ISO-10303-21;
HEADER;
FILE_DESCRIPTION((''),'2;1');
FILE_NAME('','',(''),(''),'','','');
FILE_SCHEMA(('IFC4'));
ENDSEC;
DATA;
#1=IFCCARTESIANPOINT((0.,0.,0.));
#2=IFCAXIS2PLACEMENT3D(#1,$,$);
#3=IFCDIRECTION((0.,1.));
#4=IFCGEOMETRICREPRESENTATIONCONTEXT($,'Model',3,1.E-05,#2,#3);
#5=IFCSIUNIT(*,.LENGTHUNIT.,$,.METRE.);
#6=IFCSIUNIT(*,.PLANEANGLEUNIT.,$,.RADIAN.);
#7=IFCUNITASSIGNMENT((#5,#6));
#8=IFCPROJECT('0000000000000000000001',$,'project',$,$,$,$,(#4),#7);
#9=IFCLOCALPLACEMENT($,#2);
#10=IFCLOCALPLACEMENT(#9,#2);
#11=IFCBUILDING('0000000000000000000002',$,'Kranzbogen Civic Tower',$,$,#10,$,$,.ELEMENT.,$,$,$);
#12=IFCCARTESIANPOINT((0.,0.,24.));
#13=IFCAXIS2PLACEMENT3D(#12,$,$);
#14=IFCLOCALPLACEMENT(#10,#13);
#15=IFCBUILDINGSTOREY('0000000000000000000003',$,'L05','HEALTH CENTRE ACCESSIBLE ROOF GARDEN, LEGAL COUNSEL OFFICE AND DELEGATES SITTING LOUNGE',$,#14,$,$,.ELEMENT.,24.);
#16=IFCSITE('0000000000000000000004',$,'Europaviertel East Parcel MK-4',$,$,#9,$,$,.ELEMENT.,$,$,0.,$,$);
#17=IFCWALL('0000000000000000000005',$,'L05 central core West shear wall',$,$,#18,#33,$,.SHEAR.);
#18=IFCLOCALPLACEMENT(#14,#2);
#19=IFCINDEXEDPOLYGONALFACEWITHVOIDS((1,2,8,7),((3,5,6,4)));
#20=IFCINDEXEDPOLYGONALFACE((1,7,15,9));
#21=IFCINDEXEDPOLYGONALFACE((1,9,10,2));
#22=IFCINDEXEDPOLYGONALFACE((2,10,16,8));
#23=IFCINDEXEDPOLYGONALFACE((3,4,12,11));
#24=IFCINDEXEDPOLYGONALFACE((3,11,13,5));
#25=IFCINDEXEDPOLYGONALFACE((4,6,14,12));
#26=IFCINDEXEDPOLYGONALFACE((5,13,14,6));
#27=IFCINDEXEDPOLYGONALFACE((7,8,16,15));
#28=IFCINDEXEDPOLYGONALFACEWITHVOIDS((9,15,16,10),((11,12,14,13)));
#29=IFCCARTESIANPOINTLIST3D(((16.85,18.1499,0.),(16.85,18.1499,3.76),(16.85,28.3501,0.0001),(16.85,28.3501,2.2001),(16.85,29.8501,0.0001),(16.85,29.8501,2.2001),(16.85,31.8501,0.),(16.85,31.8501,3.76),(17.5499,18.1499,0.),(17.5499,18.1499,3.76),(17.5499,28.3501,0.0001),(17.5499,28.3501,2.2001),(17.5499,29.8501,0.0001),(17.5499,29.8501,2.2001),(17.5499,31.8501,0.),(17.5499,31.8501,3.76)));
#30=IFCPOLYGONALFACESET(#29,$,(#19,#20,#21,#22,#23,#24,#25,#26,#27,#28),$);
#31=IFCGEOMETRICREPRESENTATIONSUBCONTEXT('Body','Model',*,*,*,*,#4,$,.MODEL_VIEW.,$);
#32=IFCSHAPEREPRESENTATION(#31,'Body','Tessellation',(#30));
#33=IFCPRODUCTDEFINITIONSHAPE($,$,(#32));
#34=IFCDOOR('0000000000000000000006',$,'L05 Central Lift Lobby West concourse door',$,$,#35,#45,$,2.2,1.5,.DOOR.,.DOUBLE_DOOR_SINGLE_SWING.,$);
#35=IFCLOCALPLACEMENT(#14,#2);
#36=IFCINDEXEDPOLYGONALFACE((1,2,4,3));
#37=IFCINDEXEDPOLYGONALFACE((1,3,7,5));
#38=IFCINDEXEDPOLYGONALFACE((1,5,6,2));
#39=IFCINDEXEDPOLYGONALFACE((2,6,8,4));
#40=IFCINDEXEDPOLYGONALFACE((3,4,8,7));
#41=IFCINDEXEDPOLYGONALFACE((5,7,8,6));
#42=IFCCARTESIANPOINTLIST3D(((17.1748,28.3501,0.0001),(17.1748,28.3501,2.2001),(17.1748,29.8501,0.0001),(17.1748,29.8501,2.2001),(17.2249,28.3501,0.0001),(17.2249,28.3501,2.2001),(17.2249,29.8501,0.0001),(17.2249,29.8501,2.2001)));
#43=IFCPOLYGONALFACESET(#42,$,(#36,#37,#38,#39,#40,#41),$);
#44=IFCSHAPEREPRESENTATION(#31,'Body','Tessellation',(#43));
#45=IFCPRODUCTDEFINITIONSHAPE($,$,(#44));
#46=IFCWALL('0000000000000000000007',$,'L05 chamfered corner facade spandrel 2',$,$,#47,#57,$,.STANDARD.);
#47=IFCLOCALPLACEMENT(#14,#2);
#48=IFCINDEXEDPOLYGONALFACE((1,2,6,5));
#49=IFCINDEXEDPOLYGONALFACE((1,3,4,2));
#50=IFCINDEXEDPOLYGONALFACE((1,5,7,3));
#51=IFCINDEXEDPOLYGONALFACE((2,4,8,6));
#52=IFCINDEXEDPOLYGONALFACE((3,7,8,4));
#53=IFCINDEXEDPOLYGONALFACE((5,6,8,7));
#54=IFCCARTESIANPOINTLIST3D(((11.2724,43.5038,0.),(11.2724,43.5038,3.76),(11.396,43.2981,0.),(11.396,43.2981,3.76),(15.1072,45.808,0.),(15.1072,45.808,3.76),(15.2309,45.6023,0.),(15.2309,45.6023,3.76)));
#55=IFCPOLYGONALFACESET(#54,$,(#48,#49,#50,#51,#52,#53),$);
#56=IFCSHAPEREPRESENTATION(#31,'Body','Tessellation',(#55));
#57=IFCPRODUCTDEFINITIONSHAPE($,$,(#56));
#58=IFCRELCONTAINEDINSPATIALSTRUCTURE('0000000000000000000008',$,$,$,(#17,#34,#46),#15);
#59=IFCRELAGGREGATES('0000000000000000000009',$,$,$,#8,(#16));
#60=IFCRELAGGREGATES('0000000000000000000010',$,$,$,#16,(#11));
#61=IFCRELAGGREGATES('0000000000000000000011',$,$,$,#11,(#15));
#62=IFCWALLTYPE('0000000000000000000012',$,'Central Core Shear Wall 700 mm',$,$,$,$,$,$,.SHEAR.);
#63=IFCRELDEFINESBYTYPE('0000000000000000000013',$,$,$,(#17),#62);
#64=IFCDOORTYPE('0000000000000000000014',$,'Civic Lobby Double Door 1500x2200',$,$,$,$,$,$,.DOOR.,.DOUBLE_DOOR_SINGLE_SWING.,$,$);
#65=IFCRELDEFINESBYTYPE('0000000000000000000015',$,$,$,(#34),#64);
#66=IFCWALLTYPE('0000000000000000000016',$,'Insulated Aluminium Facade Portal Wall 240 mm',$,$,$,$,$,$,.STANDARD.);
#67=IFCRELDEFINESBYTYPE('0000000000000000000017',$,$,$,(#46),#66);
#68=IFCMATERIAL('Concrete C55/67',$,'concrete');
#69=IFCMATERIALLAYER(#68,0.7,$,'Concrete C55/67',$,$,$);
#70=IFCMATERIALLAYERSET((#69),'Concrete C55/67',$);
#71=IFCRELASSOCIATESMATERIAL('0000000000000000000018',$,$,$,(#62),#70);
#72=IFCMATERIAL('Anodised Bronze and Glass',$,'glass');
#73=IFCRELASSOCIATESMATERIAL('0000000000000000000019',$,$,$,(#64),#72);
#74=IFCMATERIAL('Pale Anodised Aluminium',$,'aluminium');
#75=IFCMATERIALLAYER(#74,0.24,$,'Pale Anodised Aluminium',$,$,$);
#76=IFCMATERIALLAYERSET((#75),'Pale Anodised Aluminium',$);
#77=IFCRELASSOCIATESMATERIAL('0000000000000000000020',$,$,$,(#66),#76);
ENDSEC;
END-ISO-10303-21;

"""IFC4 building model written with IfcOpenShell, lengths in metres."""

from ifc_helpers import new_model, si_unit, direction, frame, frame_2d, origin, place, context, subcontext, project, spatial, rectangle, extrude, material, layer, layer_set, type_object, element, fill, save


model = new_model("IFC4")

# Units and contexts
model_context = context("Model", 3, precision=1e-05, world=origin(), true_north=direction((0.0, 1.0)))
body_context = subcontext(model_context, "Body", "Model", "MODEL_VIEW")
ifc_project = project(units=[si_unit("LENGTHUNIT", "METRE"), si_unit("PLANEANGLEUNIT", "RADIAN")], contexts=[model_context])

# Site, building, storey
site_placement = place(None, origin())
site = spatial("IfcSite", under=ifc_project, at=site_placement, Name="Europaviertel East Parcel MK-4", CompositionType="ELEMENT", RefElevation=0.0)
building_placement = place(site_placement, origin())
building = spatial("IfcBuilding", under=site, at=building_placement, Name="Kranzbogen Civic Tower", CompositionType="ELEMENT")
storey_placement = place(building_placement, frame((0.0, 0.0, 24.0)))
storey = spatial("IfcBuildingStorey", under=building, at=storey_placement, Name="L05", Description="HEALTH CENTRE ACCESSIBLE ROOF GARDEN, LEGAL COUNSEL OFFICE AND DELEGATES SITTING LOUNGE", CompositionType="ELEMENT", Elevation=24.0)

# Shared definitions
ifc_material_1 = material(Name="Pale Anodised Aluminium", Category="aluminium")

# Wall, opening, door
ifc_material_2 = material(Name="Concrete C55/67", Category="concrete")
ifc_layer_1 = layer(ifc_material_2, 0.7, Name="Concrete C55/67")
ifc_layer_set_1 = layer_set([ifc_layer_1], Name="Concrete C55/67")
wall_type_1 = type_object("IfcWallType", Name="Central Core Shear Wall 700 mm", PredefinedType="SHEAR", material=ifc_layer_set_1)
wall_1_placement = place(storey_placement, frame((17.2, 31.8501, 0.0), z_axis=(0.0, 0.0, 1.0), x_axis=(0.0, -1.0, 0.0)))
wall_1 = element("IfcWall", 1, at=wall_1_placement, inside=storey, type_object=wall_type_1, Name="L05 central core West shear wall", PredefinedType="SHEAR", context=body_context, shape_type="SweptSolid", body=[
    extrude(rectangle(XDim=13.7002, YDim=0.7, at=frame_2d((6.8501, 0.0))), origin(), (0.0, 0.0, 1.0), 3.76),
])
opening_1_placement = place(wall_1_placement, frame((2.0, 0.0, 0.0)))
opening_1 = element("IfcOpeningElement", 2, at=opening_1_placement, cuts=wall_1, PredefinedType="OPENING", context=body_context, shape_type="SweptSolid", body=[
    extrude(rectangle(XDim=1.5, YDim=2.2, at=frame_2d((0.75, 1.1001))), frame((0.0, 0.3599, 0.0), z_axis=(0.0, -1.0, 0.0), x_axis=(1.0, 0.0, 0.0)), (0.0, 0.0, 1.0), 0.72),
])
ifc_material_3 = material(Name="Anodised Bronze and Glass", Category="glass")
door_type_1 = type_object("IfcDoorType", Name="Civic Lobby Double Door 1500x2200", OperationType="DOUBLE_DOOR_SINGLE_SWING", PredefinedType="DOOR", material=ifc_material_3)
door_1_placement = place(opening_1_placement, origin())
door_1 = element("IfcDoor", 3, at=door_1_placement, inside=storey, type_object=door_type_1, Name="L05 Central Lift Lobby West concourse door", OperationType="DOUBLE_DOOR_SINGLE_SWING", OverallHeight=2.2, OverallWidth=1.5, PredefinedType="DOOR", context=body_context, shape_type="SweptSolid", body=[
    extrude(rectangle(XDim=1.5, YDim=2.2, at=frame_2d((0.75, 1.1001))), frame((0.0, 0.0249, 0.0), z_axis=(0.0, -1.0, 0.0), x_axis=(1.0, 0.0, 0.0)), (0.0, 0.0, 1.0), 0.05),
])
fill(opening_1, door_1)

# Wall
ifc_layer_2 = layer(ifc_material_1, 0.24, Name="Pale Anodised Aluminium")
ifc_layer_set_2 = layer_set([ifc_layer_2], Name="Pale Anodised Aluminium")
wall_type_2 = type_object("IfcWallType", Name="Insulated Aluminium Facade Portal Wall 240 mm", PredefinedType="STANDARD", material=ifc_layer_set_2)
wall_2_placement = place(storey_placement, frame((15.1689, 45.7051, 0.0), z_axis=(0.0, 0.0, 1.0), x_axis=(-0.857175, -0.515025, 0.0)))
element("IfcWall", 4, at=wall_2_placement, inside=storey, type_object=wall_type_2, Name="L05 chamfered corner facade spandrel 2", PredefinedType="STANDARD", context=body_context, shape_type="SweptSolid", body=[
    extrude(rectangle(XDim=4.4739, YDim=0.24, at=frame_2d((2.2368, 0.0))), origin(), (0.0, 0.0, 1.0), 3.76),
])

save(model, "model.ifc")
